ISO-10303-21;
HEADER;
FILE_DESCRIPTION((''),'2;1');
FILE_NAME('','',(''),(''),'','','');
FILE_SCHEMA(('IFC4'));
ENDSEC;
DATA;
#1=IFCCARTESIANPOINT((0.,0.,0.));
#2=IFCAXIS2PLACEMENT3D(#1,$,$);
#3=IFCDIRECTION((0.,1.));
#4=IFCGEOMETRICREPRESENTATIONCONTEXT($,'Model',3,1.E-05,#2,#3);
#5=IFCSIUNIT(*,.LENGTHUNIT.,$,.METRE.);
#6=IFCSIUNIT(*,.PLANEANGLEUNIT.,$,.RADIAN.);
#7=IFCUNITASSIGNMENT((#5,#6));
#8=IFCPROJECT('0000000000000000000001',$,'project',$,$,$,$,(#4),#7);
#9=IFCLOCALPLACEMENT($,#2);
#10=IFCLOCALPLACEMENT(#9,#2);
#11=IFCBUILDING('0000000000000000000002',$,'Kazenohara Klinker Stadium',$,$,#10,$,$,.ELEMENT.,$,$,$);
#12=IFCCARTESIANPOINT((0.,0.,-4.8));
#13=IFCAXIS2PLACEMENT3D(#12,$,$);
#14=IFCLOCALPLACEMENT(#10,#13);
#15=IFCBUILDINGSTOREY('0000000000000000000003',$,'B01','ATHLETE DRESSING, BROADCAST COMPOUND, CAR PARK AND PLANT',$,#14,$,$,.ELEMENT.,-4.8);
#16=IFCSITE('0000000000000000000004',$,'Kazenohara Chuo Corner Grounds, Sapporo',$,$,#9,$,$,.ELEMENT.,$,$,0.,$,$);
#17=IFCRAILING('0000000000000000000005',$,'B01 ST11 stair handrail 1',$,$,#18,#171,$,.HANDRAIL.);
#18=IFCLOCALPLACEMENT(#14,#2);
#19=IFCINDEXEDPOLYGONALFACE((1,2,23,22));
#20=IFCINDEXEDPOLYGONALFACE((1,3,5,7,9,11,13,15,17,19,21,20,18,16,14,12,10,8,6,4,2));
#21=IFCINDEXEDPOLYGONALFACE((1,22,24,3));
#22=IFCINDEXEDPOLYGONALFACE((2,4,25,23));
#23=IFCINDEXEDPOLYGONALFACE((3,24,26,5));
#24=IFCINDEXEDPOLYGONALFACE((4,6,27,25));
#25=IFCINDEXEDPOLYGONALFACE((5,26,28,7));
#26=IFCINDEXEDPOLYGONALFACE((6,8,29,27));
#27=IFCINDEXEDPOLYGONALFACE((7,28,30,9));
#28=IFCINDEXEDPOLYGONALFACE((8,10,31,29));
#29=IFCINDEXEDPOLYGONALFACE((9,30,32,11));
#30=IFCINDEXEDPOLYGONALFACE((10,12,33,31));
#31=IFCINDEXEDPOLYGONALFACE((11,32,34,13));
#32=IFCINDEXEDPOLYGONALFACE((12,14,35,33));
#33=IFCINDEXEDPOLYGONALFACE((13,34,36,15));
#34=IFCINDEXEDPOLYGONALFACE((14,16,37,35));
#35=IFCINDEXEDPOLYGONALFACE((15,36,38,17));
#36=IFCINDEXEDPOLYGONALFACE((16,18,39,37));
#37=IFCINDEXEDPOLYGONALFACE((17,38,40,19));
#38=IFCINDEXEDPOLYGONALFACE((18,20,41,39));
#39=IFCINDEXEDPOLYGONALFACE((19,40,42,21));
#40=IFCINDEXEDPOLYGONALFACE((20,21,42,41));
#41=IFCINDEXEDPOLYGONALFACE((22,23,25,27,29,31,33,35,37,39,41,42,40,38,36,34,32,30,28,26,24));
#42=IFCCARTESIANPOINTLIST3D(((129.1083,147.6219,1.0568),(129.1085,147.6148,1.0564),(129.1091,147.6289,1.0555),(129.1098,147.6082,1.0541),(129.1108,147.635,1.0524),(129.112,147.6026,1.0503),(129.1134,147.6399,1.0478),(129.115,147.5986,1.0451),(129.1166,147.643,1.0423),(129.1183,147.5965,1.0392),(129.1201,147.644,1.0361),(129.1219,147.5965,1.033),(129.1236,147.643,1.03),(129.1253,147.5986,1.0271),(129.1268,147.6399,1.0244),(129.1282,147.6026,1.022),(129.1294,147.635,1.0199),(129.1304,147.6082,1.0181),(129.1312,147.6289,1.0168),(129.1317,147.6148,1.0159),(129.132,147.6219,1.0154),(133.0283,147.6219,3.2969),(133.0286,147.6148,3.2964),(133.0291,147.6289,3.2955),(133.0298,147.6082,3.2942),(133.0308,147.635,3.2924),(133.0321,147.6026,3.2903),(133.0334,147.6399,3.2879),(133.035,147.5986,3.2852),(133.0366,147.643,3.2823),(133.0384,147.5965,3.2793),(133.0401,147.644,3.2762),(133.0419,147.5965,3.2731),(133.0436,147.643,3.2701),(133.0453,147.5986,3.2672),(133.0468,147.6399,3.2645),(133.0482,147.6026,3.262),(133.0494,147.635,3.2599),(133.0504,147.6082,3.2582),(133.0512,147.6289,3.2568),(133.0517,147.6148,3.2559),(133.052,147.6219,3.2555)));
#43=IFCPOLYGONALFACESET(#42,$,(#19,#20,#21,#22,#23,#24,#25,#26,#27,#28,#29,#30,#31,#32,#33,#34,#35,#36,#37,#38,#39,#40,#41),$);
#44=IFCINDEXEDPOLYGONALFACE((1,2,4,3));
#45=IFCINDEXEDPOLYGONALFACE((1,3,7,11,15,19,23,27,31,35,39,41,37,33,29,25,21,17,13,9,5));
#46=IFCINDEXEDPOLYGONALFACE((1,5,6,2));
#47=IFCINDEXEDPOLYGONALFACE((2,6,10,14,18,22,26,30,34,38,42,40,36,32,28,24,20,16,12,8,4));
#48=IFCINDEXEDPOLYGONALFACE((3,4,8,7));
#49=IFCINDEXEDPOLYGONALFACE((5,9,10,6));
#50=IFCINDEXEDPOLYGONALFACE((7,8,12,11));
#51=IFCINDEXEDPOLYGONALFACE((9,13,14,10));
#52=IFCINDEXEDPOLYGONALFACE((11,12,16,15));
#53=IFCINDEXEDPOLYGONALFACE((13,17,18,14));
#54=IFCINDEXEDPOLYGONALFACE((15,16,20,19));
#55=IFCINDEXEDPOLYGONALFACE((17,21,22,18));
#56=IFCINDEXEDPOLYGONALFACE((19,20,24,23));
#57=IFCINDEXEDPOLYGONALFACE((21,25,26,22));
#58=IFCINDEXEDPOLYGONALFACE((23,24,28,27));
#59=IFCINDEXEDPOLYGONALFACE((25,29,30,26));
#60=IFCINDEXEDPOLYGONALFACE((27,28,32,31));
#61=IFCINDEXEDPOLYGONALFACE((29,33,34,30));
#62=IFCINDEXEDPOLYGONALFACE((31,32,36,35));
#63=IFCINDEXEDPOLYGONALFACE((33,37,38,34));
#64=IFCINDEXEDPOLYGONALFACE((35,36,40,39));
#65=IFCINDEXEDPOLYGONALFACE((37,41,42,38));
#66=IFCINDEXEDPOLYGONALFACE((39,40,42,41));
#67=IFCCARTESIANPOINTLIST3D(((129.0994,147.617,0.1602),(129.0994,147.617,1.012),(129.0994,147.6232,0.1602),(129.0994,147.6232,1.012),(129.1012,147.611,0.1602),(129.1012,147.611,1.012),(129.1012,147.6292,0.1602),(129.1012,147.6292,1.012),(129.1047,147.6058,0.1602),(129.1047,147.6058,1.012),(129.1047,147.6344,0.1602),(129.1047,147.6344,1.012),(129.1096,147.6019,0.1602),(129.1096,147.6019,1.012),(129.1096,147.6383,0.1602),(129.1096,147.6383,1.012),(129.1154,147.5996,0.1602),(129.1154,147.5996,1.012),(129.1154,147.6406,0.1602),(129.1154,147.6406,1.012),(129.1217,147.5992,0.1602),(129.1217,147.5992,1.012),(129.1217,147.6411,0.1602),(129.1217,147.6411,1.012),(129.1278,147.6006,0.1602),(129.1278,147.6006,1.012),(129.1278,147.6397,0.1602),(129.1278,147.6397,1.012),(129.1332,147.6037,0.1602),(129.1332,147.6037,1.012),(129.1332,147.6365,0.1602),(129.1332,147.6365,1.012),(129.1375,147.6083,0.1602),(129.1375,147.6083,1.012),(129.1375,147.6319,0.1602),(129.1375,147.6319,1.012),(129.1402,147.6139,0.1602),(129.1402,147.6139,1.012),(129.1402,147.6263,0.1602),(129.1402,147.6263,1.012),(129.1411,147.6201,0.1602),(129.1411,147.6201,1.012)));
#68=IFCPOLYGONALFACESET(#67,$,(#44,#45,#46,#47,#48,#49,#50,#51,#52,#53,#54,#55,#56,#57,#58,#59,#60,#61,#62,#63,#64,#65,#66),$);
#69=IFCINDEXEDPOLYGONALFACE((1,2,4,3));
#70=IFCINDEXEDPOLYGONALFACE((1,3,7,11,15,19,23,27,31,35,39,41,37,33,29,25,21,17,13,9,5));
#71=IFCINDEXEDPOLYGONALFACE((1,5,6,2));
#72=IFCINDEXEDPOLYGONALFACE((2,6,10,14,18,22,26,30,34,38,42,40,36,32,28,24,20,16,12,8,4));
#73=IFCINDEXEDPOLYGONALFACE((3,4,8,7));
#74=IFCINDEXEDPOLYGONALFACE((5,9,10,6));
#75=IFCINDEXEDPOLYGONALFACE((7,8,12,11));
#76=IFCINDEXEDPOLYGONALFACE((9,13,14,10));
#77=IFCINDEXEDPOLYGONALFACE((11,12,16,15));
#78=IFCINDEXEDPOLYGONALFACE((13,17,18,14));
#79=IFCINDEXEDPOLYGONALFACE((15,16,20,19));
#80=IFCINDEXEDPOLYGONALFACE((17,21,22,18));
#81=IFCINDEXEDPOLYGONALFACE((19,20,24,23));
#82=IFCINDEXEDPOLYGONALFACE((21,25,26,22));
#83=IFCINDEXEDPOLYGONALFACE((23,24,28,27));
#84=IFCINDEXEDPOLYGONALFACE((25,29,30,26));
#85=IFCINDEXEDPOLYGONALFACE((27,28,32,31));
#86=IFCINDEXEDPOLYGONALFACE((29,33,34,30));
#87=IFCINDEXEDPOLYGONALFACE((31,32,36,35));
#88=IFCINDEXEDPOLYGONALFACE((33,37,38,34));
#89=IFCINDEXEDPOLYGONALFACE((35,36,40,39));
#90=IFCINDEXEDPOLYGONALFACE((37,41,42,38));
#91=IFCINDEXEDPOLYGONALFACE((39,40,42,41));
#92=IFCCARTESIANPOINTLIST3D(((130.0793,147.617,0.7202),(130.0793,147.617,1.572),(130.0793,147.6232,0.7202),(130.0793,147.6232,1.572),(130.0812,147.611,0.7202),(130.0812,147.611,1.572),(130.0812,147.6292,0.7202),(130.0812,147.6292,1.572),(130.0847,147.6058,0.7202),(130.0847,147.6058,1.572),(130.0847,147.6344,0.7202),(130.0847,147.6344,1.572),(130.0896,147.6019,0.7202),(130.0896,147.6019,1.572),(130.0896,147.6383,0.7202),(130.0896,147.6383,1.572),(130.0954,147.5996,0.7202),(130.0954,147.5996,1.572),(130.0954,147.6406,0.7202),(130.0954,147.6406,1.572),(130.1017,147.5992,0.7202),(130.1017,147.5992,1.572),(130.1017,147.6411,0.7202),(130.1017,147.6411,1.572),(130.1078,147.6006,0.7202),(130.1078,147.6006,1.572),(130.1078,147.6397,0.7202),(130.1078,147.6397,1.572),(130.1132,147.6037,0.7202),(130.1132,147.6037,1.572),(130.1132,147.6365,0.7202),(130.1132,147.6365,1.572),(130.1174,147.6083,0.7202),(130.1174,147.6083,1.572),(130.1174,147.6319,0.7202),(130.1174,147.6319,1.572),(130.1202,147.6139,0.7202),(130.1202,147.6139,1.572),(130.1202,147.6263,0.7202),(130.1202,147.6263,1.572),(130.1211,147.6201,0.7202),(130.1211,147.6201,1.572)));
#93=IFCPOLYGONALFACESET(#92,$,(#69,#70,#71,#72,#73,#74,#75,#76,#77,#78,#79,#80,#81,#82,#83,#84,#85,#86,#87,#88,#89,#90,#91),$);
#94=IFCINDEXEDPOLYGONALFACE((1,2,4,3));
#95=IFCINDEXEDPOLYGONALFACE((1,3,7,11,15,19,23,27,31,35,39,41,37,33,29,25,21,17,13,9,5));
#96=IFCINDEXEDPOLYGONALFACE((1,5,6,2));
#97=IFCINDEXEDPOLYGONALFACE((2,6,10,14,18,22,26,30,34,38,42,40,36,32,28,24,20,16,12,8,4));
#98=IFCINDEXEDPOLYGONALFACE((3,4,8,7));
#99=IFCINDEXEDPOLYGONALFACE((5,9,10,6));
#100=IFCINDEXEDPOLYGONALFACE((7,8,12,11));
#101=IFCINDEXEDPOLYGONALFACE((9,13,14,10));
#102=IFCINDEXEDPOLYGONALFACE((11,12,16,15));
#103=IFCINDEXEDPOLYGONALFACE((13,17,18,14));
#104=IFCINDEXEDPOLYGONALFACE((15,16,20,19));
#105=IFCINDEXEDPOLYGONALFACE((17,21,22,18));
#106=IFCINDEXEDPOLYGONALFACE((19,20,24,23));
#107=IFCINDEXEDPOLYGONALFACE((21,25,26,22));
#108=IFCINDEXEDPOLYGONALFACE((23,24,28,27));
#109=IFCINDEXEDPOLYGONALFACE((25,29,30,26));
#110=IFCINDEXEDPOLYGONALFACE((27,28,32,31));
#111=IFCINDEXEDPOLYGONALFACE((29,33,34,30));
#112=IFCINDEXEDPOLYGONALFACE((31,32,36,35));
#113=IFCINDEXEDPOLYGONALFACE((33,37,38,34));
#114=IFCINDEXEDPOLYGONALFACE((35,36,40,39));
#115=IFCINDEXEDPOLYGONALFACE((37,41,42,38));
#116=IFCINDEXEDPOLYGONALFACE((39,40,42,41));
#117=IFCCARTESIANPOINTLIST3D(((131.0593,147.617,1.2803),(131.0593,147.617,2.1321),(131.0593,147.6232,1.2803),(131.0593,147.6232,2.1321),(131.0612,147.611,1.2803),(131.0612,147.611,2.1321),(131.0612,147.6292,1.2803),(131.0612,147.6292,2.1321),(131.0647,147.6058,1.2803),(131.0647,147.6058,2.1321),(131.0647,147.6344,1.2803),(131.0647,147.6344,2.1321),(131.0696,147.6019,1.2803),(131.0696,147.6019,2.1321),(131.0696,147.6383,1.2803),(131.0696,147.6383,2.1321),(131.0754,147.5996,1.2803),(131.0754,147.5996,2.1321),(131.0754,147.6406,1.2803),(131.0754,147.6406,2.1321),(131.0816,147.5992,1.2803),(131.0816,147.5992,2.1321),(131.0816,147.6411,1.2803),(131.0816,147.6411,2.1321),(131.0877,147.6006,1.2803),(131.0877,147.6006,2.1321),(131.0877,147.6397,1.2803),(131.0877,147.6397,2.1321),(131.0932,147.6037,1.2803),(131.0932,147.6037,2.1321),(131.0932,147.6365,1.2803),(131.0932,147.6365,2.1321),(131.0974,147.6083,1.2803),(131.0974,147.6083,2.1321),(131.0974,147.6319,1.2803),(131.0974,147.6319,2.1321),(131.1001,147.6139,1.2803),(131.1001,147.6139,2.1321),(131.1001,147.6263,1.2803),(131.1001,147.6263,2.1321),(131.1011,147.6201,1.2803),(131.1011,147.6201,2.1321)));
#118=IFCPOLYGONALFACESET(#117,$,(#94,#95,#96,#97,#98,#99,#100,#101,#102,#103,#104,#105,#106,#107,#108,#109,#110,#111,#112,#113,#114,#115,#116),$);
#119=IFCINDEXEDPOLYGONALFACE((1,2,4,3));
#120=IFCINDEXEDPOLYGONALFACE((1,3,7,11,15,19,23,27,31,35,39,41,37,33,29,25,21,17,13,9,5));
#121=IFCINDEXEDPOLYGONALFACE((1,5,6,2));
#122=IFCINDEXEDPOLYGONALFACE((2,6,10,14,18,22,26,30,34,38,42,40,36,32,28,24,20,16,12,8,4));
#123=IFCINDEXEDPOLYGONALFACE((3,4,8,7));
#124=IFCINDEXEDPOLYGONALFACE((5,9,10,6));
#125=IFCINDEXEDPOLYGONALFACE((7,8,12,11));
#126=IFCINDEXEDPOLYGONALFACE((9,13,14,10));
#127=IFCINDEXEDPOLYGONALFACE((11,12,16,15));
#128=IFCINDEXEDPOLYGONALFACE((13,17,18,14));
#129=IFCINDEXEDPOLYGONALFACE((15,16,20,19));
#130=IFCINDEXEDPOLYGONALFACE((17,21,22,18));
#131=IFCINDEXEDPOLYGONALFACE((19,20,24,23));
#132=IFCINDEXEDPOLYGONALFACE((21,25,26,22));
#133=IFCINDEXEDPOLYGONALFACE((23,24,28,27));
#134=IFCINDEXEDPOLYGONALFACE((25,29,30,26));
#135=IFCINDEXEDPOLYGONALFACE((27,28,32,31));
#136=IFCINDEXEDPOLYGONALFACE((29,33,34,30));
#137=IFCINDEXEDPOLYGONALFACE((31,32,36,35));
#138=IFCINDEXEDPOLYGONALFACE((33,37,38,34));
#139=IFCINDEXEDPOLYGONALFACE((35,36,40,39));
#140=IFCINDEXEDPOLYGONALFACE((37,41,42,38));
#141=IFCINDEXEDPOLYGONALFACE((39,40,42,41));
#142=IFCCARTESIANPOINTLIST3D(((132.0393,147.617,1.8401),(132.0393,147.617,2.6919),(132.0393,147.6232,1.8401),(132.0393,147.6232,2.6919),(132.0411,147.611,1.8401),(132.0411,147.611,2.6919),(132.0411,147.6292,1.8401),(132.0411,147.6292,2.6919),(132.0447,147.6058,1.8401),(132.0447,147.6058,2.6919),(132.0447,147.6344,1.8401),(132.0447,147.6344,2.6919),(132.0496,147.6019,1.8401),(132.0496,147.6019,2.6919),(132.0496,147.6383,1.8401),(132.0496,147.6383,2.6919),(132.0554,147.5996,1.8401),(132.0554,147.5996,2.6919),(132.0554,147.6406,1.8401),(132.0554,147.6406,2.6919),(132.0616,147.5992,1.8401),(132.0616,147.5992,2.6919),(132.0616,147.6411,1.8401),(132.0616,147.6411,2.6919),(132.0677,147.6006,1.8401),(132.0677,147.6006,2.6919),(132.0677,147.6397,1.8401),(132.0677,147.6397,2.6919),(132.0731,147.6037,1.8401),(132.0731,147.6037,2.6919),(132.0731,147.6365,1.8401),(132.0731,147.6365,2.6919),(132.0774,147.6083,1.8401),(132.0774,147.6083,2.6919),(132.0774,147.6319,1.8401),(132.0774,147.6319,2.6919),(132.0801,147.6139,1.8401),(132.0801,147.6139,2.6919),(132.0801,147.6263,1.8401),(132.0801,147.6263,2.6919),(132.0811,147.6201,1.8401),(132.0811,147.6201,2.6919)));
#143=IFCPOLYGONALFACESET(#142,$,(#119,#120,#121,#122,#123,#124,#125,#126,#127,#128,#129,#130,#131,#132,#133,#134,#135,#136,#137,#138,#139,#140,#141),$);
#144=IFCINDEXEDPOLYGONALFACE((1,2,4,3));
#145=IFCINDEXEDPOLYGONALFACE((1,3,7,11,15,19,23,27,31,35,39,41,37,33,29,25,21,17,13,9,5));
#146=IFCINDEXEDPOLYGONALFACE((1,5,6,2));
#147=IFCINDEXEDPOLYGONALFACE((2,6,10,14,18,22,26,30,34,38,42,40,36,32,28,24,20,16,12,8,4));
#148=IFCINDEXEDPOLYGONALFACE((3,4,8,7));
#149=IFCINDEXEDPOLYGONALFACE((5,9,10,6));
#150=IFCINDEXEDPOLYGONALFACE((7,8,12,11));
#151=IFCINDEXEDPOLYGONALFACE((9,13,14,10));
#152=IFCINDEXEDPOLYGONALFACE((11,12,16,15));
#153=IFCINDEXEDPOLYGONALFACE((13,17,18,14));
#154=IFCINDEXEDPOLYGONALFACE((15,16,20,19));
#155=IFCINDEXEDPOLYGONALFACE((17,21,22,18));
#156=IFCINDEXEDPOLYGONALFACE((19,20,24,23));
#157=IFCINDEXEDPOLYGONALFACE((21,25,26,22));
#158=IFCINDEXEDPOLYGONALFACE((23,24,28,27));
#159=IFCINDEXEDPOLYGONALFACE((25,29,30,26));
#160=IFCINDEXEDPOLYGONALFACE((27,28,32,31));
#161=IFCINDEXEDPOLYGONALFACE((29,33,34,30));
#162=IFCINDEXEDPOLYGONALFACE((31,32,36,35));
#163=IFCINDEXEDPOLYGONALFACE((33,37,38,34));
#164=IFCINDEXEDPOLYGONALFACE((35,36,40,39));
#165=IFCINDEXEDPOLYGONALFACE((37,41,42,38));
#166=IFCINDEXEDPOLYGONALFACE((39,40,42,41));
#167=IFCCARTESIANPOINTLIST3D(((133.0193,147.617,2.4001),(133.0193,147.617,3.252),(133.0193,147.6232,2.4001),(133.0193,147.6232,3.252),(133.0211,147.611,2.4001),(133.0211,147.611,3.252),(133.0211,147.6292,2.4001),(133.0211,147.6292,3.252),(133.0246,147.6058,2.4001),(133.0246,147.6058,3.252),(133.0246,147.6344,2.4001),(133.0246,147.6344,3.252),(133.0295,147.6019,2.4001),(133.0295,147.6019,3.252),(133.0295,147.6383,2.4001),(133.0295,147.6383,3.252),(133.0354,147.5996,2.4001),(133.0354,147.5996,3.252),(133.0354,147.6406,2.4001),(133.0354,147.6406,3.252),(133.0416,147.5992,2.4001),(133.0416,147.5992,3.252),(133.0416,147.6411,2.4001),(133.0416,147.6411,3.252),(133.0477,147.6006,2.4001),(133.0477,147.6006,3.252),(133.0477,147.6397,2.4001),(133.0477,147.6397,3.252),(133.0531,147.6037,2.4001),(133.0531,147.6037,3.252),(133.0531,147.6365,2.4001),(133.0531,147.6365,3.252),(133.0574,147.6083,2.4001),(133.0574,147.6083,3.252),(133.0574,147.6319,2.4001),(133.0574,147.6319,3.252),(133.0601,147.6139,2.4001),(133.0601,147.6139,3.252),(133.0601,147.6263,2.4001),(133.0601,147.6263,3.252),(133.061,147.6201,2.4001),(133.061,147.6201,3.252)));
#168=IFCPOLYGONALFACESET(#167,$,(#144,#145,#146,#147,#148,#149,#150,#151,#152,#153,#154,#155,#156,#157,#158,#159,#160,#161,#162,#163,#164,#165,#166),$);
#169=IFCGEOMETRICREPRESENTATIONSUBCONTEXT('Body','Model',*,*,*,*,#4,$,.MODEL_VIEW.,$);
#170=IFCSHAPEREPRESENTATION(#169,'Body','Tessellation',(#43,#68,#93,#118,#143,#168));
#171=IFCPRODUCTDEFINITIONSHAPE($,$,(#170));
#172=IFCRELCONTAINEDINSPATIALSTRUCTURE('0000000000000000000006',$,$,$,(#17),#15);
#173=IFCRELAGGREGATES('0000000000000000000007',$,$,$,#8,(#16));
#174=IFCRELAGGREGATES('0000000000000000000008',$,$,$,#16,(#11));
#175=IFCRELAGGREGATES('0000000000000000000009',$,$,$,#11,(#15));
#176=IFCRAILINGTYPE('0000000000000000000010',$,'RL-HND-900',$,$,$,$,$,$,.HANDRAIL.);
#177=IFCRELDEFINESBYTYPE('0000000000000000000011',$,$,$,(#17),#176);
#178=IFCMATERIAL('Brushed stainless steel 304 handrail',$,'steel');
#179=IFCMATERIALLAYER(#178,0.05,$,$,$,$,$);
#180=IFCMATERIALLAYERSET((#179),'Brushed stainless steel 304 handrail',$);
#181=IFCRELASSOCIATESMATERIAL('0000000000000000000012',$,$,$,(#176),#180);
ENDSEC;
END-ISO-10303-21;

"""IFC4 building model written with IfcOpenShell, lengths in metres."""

from ifc_helpers import new_model, si_unit, direction, frame, origin, origin_2d, place, context, subcontext, project, spatial, circle, extrude, material, layer, layer_set, type_object, element, save


model = new_model("IFC4")

# Units and contexts
model_context = context("Model", 3, precision=1e-05, world=origin(), true_north=direction((0.0, 1.0)))
body_context = subcontext(model_context, "Body", "Model", "MODEL_VIEW")
ifc_project = project(units=[si_unit("LENGTHUNIT", "METRE"), si_unit("PLANEANGLEUNIT", "RADIAN")], contexts=[model_context])

# Site, building, storey
site_placement = place(None, origin())
site = spatial("IfcSite", under=ifc_project, at=site_placement, Name="Kazenohara Chuo Corner Grounds, Sapporo", CompositionType="ELEMENT", RefElevation=0.0)
building_placement = place(site_placement, origin())
building = spatial("IfcBuilding", under=site, at=building_placement, Name="Kazenohara Klinker Stadium", CompositionType="ELEMENT")
storey_placement = place(building_placement, frame((0.0, 0.0, -4.8)))
storey = spatial("IfcBuildingStorey", under=building, at=storey_placement, Name="B01", Description="ATHLETE DRESSING, BROADCAST COMPOUND, CAR PARK AND PLANT", CompositionType="ELEMENT", Elevation=-4.8)

# Railing
ifc_material_1 = material(Name="Brushed stainless steel 304 handrail", Category="steel")
ifc_layer_1 = layer(ifc_material_1, 0.05)
ifc_layer_set_1 = layer_set([ifc_layer_1], Name="Brushed stainless steel 304 handrail")
railing_type_1 = type_object("IfcRailingType", Name="RL-HND-900", PredefinedType="HANDRAIL", material=ifc_layer_set_1)
railing_1_placement = place(storey_placement, frame((129.1201, 147.6201, 0.1602)))
element("IfcRailing", 1, at=railing_1_placement, inside=storey, type_object=railing_type_1, Name="B01 ST11 stair handrail 1", PredefinedType="HANDRAIL", context=body_context, shape_type="SweptSolid", body=[
    extrude(circle(Radius=0.0239, at=origin_2d()), frame((0.0, 0.0, 0.876), z_axis=(0.86824, 0.0, 0.496145), x_axis=(0.0, 1.0, 0.0)), (0.0, 0.0, 1.0), 4.5149),
    extrude(circle(Radius=0.021, at=origin_2d()), origin(), (0.0, 0.0, 1.0), 0.8518),
    extrude(circle(Radius=0.021, at=origin_2d()), frame((0.98, 0.0, 0.5601)), (0.0, 0.0, 1.0), 0.8518),
    extrude(circle(Radius=0.021, at=origin_2d()), frame((1.96, 0.0, 1.1201)), (0.0, 0.0, 1.0), 0.8518),
    extrude(circle(Radius=0.021, at=origin_2d()), frame((2.9399, 0.0, 1.6799)), (0.0, 0.0, 1.0), 0.8518),
    extrude(circle(Radius=0.021, at=origin_2d()), frame((3.9199, 0.0, 2.24)), (0.0, 0.0, 1.0), 0.8518),
])

save(model, "model.ifc")
